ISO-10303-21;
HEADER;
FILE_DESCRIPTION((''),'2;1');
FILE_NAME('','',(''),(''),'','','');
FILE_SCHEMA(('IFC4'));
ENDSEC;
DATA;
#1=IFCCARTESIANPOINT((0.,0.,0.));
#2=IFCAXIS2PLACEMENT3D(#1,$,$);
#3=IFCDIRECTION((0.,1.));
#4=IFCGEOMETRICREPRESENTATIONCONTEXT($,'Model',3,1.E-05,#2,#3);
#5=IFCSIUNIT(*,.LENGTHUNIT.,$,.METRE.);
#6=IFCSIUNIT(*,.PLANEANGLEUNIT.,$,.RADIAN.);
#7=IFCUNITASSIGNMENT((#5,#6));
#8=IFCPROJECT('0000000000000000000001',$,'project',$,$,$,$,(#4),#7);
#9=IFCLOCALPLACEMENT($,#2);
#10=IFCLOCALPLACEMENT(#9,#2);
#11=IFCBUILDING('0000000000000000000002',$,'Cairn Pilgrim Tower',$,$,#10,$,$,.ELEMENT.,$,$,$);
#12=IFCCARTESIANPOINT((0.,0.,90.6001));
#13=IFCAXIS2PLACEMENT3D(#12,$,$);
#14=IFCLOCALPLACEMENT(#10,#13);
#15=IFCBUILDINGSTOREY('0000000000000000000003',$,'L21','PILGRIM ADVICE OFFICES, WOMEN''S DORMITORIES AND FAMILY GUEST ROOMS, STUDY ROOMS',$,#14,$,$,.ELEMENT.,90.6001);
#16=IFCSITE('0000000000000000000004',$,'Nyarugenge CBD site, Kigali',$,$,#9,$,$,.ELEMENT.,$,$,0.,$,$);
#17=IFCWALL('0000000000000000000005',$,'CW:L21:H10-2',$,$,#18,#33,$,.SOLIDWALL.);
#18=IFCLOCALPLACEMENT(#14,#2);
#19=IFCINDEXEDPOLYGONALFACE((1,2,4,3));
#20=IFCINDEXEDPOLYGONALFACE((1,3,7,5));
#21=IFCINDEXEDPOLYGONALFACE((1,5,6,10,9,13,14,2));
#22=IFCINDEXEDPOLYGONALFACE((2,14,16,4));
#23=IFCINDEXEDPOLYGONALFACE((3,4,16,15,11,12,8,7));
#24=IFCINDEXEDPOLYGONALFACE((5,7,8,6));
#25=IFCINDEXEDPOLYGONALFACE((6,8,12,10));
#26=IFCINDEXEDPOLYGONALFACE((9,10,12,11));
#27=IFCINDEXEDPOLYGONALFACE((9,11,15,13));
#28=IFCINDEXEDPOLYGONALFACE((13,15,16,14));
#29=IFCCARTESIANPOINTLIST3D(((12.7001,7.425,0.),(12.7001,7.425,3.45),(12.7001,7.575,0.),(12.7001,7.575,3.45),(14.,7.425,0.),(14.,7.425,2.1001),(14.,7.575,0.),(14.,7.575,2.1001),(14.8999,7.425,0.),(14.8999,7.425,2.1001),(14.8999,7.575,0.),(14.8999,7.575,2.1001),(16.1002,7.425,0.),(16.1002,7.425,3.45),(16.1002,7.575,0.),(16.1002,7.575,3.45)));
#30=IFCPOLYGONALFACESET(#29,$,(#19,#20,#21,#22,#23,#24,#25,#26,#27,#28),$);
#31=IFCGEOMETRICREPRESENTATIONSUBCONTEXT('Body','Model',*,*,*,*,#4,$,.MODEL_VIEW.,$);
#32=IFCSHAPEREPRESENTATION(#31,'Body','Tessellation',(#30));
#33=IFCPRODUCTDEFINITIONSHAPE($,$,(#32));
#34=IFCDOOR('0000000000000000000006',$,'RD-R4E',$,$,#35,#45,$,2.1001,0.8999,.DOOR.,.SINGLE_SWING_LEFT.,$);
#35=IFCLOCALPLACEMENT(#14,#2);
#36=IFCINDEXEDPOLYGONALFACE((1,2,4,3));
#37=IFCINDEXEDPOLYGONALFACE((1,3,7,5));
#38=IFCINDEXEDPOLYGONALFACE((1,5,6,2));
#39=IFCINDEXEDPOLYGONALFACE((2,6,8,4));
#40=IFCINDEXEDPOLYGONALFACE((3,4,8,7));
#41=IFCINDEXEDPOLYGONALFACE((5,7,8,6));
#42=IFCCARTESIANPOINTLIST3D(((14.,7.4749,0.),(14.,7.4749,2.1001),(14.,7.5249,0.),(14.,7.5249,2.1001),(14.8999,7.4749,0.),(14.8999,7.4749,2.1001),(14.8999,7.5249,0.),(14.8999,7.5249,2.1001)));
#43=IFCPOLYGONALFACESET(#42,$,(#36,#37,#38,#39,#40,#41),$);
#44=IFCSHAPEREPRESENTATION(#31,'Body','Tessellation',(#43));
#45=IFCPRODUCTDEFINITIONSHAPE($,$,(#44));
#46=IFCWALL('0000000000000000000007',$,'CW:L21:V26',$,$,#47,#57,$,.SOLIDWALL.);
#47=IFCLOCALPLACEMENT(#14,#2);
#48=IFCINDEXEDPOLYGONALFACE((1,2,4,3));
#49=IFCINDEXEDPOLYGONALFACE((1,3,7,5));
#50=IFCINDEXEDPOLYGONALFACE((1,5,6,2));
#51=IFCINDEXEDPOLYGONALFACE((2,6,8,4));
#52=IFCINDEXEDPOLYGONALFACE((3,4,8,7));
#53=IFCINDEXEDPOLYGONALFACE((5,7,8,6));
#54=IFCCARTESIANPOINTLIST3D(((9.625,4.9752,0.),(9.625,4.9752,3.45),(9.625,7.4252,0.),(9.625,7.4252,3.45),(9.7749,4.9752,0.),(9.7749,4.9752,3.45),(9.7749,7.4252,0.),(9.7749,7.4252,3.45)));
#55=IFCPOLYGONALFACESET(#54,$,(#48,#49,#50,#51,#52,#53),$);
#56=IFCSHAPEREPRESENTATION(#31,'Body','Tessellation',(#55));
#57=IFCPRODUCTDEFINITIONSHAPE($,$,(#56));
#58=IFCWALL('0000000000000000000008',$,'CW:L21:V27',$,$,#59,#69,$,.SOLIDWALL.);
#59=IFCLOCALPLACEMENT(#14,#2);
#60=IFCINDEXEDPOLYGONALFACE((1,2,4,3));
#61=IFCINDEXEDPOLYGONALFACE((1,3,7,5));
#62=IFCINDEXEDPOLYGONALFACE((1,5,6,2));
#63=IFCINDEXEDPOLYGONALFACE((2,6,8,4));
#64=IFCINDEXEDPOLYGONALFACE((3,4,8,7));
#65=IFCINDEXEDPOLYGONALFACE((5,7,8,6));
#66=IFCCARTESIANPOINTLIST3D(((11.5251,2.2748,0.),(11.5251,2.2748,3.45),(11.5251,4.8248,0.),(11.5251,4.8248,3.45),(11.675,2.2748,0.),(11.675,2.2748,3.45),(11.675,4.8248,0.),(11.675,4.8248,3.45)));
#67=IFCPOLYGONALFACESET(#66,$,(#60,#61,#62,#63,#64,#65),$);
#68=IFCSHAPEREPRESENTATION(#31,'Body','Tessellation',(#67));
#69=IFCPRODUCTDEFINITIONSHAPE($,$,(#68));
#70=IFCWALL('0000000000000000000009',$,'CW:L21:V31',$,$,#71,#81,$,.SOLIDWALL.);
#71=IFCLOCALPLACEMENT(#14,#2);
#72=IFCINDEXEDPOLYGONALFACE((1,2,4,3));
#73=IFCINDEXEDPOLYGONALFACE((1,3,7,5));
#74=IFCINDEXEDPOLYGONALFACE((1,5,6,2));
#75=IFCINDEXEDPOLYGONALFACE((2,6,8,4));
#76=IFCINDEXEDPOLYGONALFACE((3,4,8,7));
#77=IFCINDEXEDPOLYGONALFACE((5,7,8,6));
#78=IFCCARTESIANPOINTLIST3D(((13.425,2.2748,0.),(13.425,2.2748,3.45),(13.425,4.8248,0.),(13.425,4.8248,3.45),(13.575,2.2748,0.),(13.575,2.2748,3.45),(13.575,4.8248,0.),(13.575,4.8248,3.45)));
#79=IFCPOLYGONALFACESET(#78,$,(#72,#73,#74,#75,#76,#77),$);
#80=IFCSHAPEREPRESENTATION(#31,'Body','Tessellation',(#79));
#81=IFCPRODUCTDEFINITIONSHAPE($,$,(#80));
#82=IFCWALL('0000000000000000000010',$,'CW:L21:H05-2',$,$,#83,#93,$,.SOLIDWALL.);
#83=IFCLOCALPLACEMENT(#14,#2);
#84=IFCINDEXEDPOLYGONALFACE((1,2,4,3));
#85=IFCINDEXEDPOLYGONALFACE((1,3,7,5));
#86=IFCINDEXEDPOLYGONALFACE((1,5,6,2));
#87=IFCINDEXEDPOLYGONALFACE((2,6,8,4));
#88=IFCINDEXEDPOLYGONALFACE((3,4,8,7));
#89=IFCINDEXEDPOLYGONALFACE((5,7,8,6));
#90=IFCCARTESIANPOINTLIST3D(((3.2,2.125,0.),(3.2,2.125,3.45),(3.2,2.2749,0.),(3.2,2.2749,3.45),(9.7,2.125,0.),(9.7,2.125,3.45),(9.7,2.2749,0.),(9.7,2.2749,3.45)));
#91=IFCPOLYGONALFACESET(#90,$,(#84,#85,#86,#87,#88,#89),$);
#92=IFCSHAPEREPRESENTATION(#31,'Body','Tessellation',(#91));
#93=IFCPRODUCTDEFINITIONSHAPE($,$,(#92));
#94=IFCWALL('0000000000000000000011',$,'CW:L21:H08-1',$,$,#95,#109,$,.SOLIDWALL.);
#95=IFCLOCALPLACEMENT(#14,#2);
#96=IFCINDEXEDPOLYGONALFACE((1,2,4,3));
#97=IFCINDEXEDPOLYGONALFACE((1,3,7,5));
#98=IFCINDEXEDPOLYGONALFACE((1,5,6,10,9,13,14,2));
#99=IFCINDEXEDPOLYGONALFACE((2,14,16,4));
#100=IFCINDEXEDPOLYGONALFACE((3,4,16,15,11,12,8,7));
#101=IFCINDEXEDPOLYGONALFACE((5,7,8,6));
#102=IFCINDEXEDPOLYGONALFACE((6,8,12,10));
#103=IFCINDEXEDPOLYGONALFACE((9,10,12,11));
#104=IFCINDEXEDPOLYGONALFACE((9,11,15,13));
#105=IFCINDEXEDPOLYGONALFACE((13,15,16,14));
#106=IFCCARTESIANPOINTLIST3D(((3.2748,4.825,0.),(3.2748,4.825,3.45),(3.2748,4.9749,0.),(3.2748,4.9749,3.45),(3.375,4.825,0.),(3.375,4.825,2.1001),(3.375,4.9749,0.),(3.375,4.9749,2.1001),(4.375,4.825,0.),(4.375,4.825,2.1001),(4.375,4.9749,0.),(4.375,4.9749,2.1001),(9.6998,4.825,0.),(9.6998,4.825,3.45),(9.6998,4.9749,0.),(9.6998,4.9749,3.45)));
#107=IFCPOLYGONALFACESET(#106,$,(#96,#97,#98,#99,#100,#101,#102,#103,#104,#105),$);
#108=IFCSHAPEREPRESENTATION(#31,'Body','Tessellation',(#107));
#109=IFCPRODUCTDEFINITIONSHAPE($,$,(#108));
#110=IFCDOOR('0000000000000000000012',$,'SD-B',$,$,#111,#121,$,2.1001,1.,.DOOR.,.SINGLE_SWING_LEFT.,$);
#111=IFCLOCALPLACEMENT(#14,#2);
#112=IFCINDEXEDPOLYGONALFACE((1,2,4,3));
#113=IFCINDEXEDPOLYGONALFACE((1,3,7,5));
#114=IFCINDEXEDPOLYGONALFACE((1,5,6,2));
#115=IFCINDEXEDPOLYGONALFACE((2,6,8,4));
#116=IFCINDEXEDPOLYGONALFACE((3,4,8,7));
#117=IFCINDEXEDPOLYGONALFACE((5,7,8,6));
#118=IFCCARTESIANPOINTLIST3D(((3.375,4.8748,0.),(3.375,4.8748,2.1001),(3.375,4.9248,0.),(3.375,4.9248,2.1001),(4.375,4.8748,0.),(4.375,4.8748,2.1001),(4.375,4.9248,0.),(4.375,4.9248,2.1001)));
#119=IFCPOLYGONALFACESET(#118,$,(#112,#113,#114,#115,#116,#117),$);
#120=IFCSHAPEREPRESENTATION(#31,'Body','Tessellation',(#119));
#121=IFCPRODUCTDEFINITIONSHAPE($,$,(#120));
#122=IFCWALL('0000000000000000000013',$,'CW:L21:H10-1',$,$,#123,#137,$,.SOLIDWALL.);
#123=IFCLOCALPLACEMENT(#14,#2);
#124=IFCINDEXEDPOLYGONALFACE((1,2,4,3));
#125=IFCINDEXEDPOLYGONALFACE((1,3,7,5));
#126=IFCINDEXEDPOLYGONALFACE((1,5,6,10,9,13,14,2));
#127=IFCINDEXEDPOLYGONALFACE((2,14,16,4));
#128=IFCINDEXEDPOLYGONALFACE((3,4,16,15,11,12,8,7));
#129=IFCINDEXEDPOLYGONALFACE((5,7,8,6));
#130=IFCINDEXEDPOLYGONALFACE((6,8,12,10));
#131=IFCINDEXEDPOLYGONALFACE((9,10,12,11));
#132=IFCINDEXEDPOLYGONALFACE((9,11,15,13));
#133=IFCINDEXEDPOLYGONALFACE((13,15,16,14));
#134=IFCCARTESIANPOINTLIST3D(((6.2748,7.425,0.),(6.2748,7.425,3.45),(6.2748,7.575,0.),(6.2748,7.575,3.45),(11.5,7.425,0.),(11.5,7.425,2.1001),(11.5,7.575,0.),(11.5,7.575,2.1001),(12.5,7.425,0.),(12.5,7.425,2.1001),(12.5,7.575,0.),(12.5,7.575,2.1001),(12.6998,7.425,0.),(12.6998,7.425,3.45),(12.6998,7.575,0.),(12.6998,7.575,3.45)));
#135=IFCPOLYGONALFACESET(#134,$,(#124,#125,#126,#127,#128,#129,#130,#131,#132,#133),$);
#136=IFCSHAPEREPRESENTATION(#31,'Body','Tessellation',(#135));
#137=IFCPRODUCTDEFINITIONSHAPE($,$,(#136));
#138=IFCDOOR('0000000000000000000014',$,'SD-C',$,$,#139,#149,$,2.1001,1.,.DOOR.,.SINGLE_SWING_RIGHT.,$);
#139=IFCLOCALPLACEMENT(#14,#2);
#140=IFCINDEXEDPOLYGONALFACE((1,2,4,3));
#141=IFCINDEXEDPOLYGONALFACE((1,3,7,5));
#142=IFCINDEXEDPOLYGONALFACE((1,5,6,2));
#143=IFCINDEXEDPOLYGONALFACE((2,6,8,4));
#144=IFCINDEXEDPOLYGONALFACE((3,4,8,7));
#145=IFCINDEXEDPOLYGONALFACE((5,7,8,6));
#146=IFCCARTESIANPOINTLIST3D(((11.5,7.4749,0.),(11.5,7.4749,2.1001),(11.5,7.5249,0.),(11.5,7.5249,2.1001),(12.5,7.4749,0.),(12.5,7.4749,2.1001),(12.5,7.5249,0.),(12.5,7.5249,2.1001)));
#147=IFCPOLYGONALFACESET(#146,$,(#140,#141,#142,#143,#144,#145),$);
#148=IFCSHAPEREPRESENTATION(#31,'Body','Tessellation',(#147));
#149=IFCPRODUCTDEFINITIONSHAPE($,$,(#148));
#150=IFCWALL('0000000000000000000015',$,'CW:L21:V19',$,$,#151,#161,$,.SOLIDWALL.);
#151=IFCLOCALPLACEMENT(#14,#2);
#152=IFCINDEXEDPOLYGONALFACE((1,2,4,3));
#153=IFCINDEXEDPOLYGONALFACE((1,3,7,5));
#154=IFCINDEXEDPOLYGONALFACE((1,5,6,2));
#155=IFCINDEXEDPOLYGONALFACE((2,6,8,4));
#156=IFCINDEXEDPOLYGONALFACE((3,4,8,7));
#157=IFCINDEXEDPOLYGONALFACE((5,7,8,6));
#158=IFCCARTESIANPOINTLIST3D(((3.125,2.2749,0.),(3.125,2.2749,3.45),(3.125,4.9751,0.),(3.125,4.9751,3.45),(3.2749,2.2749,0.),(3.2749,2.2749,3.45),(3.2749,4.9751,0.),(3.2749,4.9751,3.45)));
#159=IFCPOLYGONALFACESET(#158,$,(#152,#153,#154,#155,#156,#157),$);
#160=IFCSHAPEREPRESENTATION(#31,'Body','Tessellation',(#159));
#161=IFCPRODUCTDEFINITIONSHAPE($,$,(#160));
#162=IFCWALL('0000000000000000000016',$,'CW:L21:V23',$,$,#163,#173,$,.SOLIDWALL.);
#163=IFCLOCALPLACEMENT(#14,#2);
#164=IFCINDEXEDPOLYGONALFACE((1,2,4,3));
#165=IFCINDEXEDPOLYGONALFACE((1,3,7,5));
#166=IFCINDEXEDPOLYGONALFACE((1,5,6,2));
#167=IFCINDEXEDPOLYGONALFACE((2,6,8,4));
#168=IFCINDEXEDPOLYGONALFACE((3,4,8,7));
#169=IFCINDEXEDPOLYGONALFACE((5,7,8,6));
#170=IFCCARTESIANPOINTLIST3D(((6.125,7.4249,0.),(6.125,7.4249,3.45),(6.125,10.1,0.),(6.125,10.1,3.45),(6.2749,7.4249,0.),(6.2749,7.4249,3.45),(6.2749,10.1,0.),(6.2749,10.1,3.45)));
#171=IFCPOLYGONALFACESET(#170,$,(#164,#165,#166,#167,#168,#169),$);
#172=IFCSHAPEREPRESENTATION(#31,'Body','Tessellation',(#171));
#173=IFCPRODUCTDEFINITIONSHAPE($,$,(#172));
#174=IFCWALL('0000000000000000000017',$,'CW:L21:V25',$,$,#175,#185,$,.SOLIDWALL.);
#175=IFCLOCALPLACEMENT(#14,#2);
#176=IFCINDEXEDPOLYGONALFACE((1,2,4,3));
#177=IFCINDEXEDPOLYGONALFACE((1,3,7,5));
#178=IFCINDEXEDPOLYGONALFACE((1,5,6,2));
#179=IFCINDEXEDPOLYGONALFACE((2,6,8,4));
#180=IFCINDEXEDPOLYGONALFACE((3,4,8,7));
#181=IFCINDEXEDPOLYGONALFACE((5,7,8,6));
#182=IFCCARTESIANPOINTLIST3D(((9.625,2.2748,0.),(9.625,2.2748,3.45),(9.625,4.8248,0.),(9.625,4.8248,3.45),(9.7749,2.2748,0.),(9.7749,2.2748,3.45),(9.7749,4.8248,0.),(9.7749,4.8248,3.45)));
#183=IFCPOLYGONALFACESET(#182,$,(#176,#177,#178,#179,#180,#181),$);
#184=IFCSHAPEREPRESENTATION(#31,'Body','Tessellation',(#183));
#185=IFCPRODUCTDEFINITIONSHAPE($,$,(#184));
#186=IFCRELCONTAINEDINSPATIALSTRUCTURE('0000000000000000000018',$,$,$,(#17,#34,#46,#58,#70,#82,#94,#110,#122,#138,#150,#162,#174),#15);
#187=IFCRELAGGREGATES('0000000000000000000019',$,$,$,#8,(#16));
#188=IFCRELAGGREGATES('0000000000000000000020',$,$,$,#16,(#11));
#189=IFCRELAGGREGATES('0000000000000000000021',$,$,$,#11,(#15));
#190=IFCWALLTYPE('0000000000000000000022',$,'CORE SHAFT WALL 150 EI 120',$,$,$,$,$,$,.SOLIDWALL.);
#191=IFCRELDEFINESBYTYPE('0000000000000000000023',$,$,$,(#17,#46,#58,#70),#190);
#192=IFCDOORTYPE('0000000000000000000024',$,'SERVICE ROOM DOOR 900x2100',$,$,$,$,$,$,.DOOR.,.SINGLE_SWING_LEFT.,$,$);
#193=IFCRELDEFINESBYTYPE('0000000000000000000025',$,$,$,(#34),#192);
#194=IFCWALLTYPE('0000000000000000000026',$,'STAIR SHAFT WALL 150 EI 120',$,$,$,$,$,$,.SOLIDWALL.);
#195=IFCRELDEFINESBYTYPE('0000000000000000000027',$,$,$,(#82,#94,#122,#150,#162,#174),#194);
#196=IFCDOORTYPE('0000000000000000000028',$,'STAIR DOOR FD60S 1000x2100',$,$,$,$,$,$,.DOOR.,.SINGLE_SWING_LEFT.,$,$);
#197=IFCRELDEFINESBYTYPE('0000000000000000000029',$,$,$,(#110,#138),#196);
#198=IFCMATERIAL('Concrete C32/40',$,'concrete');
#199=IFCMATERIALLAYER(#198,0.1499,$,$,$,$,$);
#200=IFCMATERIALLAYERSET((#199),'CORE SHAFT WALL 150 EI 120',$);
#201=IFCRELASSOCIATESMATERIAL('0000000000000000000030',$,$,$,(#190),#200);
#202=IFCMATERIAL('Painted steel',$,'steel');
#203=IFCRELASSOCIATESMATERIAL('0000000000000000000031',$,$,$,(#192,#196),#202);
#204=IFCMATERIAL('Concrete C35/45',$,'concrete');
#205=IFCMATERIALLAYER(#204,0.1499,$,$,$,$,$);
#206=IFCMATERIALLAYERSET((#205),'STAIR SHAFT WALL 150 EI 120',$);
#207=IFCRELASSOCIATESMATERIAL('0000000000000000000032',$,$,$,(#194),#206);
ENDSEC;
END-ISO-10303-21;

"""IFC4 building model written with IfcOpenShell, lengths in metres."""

from ifc_helpers import new_model, si_unit, direction, frame, frame_2d, origin, place, context, subcontext, project, spatial, rectangle, extrude, material, layer, layer_set, type_object, element, fill, save


model = new_model("IFC4")

# Units and contexts
model_context = context("Model", 3, precision=1e-05, world=origin(), true_north=direction((0.0, 1.0)))
body_context = subcontext(model_context, "Body", "Model", "MODEL_VIEW")
ifc_project = project(units=[si_unit("LENGTHUNIT", "METRE"), si_unit("PLANEANGLEUNIT", "RADIAN")], contexts=[model_context])

# Site, building, storey
site_placement = place(None, origin())
site = spatial("IfcSite", under=ifc_project, at=site_placement, Name="Nyarugenge CBD site, Kigali", CompositionType="ELEMENT", RefElevation=0.0)
building_placement = place(site_placement, origin())
building = spatial("IfcBuilding", under=site, at=building_placement, Name="Cairn Pilgrim Tower", CompositionType="ELEMENT")
storey_placement = place(building_placement, frame((0.0, 0.0, 90.6001)))
storey = spatial("IfcBuildingStorey", under=building, at=storey_placement, Name="L21", Description="PILGRIM ADVICE OFFICES, WOMEN'S DORMITORIES AND FAMILY GUEST ROOMS, STUDY ROOMS", CompositionType="ELEMENT", Elevation=90.6001)

# Shared definitions
ifc_material_1 = material(Name="Concrete C32/40", Category="concrete")
ifc_layer_1 = layer(ifc_material_1, 0.1499)
ifc_layer_set_1 = layer_set([ifc_layer_1], Name="CORE SHAFT WALL 150 EI 120")
wall_type_1 = type_object("IfcWallType", Name="CORE SHAFT WALL 150 EI 120", PredefinedType="SOLIDWALL", material=ifc_layer_set_1)

# Shared definitions
ifc_material_2 = material(Name="Painted steel", Category="steel")
door_type_1 = type_object("IfcDoorType", Name="SERVICE ROOM DOOR 900x2100", OperationType="SINGLE_SWING_LEFT", PredefinedType="DOOR", material=ifc_material_2)

# Wall, opening, door
wall_1_placement = place(storey_placement, frame((12.7, 7.5, 0.0), z_axis=(0.0, 0.0, 1.0), x_axis=(1.0, 0.0, 0.0)))
wall_1 = element("IfcWall", 1, at=wall_1_placement, inside=storey, type_object=wall_type_1, Name="CW:L21:H10-2", PredefinedType="SOLIDWALL", context=body_context, shape_type="SweptSolid", body=[
    extrude(rectangle(XDim=3.4001, YDim=0.1499, at=frame_2d((1.7002, 0.0))), origin(), (0.0, 0.0, 1.0), 3.45),
])
opening_1_placement = place(wall_1_placement, frame((1.3, 0.0, 0.0)))
opening_1 = element("IfcOpeningElement", 2, at=opening_1_placement, cuts=wall_1, PredefinedType="OPENING", context=body_context, shape_type="SweptSolid", body=[
    extrude(rectangle(XDim=0.8999, YDim=2.1001, at=frame_2d((0.45, 1.05))), frame((0.0, 0.085, 0.0), z_axis=(0.0, -1.0, 0.0), x_axis=(1.0, 0.0, 0.0)), (0.0, 0.0, 1.0), 0.1699),
])
door_1_placement = place(opening_1_placement, origin())
door_1 = element("IfcDoor", 3, at=door_1_placement, inside=storey, type_object=door_type_1, Name="RD-R4E", OperationType="SINGLE_SWING_LEFT", OverallHeight=2.1001, OverallWidth=0.8999, PredefinedType="DOOR", context=body_context, shape_type="SweptSolid", body=[
    extrude(rectangle(XDim=0.8999, YDim=2.1001, at=frame_2d((0.45, 1.05))), frame((0.0, 0.0249, 0.0), z_axis=(0.0, -1.0, 0.0), x_axis=(1.0, 0.0, 0.0)), (0.0, 0.0, 1.0), 0.05),
])
fill(opening_1, door_1)

# Walls
wall_2_placement = place(storey_placement, frame((9.7, 4.9751, 0.0), z_axis=(0.0, 0.0, 1.0), x_axis=(0.0, 1.0, 0.0)))
element("IfcWall", 4, at=wall_2_placement, inside=storey, type_object=wall_type_1, Name="CW:L21:V26", PredefinedType="SOLIDWALL", context=body_context, shape_type="SweptSolid", body=[
    extrude(rectangle(XDim=2.45, YDim=0.1499, at=frame_2d((1.2251, 0.0))), origin(), (0.0, 0.0, 1.0), 3.45),
])
for number, where, z_axis, x_axis, name in (
    (5, (11.6001, 2.2749, 0.0), (0.0, 0.0, 1.0), (0.0, 1.0, 0.0), "CW:L21:V27"),
    (6, (13.5, 2.2749, 0.0), (0.0, 0.0, 1.0), (0.0, 1.0, 0.0), "CW:L21:V31"),
):
    element("IfcWall", number, at=place(storey_placement, frame(where, z_axis=z_axis, x_axis=x_axis)), inside=storey, type_object=wall_type_1, Name=name, PredefinedType="SOLIDWALL", context=body_context, shape_type="SweptSolid", body=[
        extrude(rectangle(XDim=2.55, YDim=0.1499, at=frame_2d((1.2749, 0.0))), origin(), (0.0, 0.0, 1.0), 3.45),
    ])
ifc_material_3 = material(Name="Concrete C35/45", Category="concrete")
ifc_layer_2 = layer(ifc_material_3, 0.1499)
ifc_layer_set_2 = layer_set([ifc_layer_2], Name="STAIR SHAFT WALL 150 EI 120")
wall_type_2 = type_object("IfcWallType", Name="STAIR SHAFT WALL 150 EI 120", PredefinedType="SOLIDWALL", material=ifc_layer_set_2)
wall_3_placement = place(storey_placement, frame((3.2, 2.2, 0.0), z_axis=(0.0, 0.0, 1.0), x_axis=(1.0, 0.0, 0.0)))
element("IfcWall", 7, at=wall_3_placement, inside=storey, type_object=wall_type_2, Name="CW:L21:H05-2", PredefinedType="SOLIDWALL", context=body_context, shape_type="SweptSolid", body=[
    extrude(rectangle(XDim=6.5, YDim=0.1499, at=frame_2d((3.25, 0.0))), origin(), (0.0, 0.0, 1.0), 3.45),
])

# Walls, openings, doors
wall_4_placement = place(storey_placement, frame((3.2749, 4.8999, 0.0), z_axis=(0.0, 0.0, 1.0), x_axis=(1.0, 0.0, 0.0)))
wall_4 = element("IfcWall", 8, at=wall_4_placement, inside=storey, type_object=wall_type_2, Name="CW:L21:H08-1", PredefinedType="SOLIDWALL", context=body_context, shape_type="SweptSolid", body=[
    extrude(rectangle(XDim=6.425, YDim=0.1499, at=frame_2d((3.2124, 0.0))), origin(), (0.0, 0.0, 1.0), 3.45),
])
opening_2_placement = place(wall_4_placement, frame((0.1001, 0.0, 0.0)))
opening_2 = element("IfcOpeningElement", 9, at=opening_2_placement, cuts=wall_4, PredefinedType="OPENING", context=body_context, shape_type="SweptSolid", body=[
    extrude(rectangle(XDim=1.0, YDim=2.1001, at=frame_2d((0.5, 1.05))), frame((0.0, 0.085, 0.0), z_axis=(0.0, -1.0, 0.0), x_axis=(1.0, 0.0, 0.0)), (0.0, 0.0, 1.0), 0.1699),
])
door_type_2 = type_object("IfcDoorType", Name="STAIR DOOR FD60S 1000x2100", OperationType="SINGLE_SWING_LEFT", PredefinedType="DOOR", material=ifc_material_2)
door_2_placement = place(opening_2_placement, origin())
door_2 = element("IfcDoor", 10, at=door_2_placement, inside=storey, type_object=door_type_2, Name="SD-B", OperationType="SINGLE_SWING_LEFT", OverallHeight=2.1001, OverallWidth=1.0, PredefinedType="DOOR", context=body_context, shape_type="SweptSolid", body=[
    extrude(rectangle(XDim=1.0, YDim=2.1001, at=frame_2d((0.5, 1.05))), frame((0.0, 0.0249, 0.0), z_axis=(0.0, -1.0, 0.0), x_axis=(1.0, 0.0, 0.0)), (0.0, 0.0, 1.0), 0.05),
])
fill(opening_2, door_2)
wall_5_placement = place(storey_placement, frame((6.2749, 7.5, 0.0), z_axis=(0.0, 0.0, 1.0), x_axis=(1.0, 0.0, 0.0)))
wall_5 = element("IfcWall", 11, at=wall_5_placement, inside=storey, type_object=wall_type_2, Name="CW:L21:H10-1", PredefinedType="SOLIDWALL", context=body_context, shape_type="SweptSolid", body=[
    extrude(rectangle(XDim=6.425, YDim=0.1499, at=frame_2d((3.2124, 0.0))), origin(), (0.0, 0.0, 1.0), 3.45),
])
opening_3_placement = place(wall_5_placement, frame((5.2251, 0.0, 0.0)))
opening_3 = element("IfcOpeningElement", 12, at=opening_3_placement, cuts=wall_5, PredefinedType="OPENING", context=body_context, shape_type="SweptSolid", body=[
    extrude(rectangle(XDim=1.0, YDim=2.1001, at=frame_2d((0.5, 1.05))), frame((0.0, 0.085, 0.0), z_axis=(0.0, -1.0, 0.0), x_axis=(1.0, 0.0, 0.0)), (0.0, 0.0, 1.0), 0.1699),
])
door_3_placement = place(opening_3_placement, origin())
door_3 = element("IfcDoor", 13, at=door_3_placement, inside=storey, type_object=door_type_2, Name="SD-C", OperationType="SINGLE_SWING_RIGHT", OverallHeight=2.1001, OverallWidth=1.0, PredefinedType="DOOR", context=body_context, shape_type="SweptSolid", body=[
    extrude(rectangle(XDim=1.0, YDim=2.1001, at=frame_2d((0.5, 1.05))), frame((0.0, 0.0249, 0.0), z_axis=(0.0, -1.0, 0.0), x_axis=(1.0, 0.0, 0.0)), (0.0, 0.0, 1.0), 0.05),
])
fill(opening_3, door_3)

# Walls
wall_6_placement = place(storey_placement, frame((3.2, 2.2749, 0.0), z_axis=(0.0, 0.0, 1.0), x_axis=(0.0, 1.0, 0.0)))
element("IfcWall", 14, at=wall_6_placement, inside=storey, type_object=wall_type_2, Name="CW:L21:V19", PredefinedType="SOLIDWALL", context=body_context, shape_type="SweptSolid", body=[
    extrude(rectangle(XDim=2.7002, YDim=0.1499, at=frame_2d((1.3501, 0.0))), origin(), (0.0, 0.0, 1.0), 3.45),
])
wall_7_placement = place(storey_placement, frame((6.2, 7.425, 0.0), z_axis=(0.0, 0.0, 1.0), x_axis=(0.0, 1.0, 0.0)))
element("IfcWall", 15, at=wall_7_placement, inside=storey, type_object=wall_type_2, Name="CW:L21:V23", PredefinedType="SOLIDWALL", context=body_context, shape_type="SweptSolid", body=[
    extrude(rectangle(XDim=2.675, YDim=0.1499, at=frame_2d((1.3374, 0.0))), origin(), (0.0, 0.0, 1.0), 3.45),
])
wall_8_placement = place(storey_placement, frame((9.7, 2.2749, 0.0), z_axis=(0.0, 0.0, 1.0), x_axis=(0.0, 1.0, 0.0)))
element("IfcWall", 16, at=wall_8_placement, inside=storey, type_object=wall_type_2, Name="CW:L21:V25", PredefinedType="SOLIDWALL", context=body_context, shape_type="SweptSolid", body=[
    extrude(rectangle(XDim=2.55, YDim=0.1499, at=frame_2d((1.2749, 0.0))), origin(), (0.0, 0.0, 1.0), 3.45),
])

save(model, "model.ifc")
